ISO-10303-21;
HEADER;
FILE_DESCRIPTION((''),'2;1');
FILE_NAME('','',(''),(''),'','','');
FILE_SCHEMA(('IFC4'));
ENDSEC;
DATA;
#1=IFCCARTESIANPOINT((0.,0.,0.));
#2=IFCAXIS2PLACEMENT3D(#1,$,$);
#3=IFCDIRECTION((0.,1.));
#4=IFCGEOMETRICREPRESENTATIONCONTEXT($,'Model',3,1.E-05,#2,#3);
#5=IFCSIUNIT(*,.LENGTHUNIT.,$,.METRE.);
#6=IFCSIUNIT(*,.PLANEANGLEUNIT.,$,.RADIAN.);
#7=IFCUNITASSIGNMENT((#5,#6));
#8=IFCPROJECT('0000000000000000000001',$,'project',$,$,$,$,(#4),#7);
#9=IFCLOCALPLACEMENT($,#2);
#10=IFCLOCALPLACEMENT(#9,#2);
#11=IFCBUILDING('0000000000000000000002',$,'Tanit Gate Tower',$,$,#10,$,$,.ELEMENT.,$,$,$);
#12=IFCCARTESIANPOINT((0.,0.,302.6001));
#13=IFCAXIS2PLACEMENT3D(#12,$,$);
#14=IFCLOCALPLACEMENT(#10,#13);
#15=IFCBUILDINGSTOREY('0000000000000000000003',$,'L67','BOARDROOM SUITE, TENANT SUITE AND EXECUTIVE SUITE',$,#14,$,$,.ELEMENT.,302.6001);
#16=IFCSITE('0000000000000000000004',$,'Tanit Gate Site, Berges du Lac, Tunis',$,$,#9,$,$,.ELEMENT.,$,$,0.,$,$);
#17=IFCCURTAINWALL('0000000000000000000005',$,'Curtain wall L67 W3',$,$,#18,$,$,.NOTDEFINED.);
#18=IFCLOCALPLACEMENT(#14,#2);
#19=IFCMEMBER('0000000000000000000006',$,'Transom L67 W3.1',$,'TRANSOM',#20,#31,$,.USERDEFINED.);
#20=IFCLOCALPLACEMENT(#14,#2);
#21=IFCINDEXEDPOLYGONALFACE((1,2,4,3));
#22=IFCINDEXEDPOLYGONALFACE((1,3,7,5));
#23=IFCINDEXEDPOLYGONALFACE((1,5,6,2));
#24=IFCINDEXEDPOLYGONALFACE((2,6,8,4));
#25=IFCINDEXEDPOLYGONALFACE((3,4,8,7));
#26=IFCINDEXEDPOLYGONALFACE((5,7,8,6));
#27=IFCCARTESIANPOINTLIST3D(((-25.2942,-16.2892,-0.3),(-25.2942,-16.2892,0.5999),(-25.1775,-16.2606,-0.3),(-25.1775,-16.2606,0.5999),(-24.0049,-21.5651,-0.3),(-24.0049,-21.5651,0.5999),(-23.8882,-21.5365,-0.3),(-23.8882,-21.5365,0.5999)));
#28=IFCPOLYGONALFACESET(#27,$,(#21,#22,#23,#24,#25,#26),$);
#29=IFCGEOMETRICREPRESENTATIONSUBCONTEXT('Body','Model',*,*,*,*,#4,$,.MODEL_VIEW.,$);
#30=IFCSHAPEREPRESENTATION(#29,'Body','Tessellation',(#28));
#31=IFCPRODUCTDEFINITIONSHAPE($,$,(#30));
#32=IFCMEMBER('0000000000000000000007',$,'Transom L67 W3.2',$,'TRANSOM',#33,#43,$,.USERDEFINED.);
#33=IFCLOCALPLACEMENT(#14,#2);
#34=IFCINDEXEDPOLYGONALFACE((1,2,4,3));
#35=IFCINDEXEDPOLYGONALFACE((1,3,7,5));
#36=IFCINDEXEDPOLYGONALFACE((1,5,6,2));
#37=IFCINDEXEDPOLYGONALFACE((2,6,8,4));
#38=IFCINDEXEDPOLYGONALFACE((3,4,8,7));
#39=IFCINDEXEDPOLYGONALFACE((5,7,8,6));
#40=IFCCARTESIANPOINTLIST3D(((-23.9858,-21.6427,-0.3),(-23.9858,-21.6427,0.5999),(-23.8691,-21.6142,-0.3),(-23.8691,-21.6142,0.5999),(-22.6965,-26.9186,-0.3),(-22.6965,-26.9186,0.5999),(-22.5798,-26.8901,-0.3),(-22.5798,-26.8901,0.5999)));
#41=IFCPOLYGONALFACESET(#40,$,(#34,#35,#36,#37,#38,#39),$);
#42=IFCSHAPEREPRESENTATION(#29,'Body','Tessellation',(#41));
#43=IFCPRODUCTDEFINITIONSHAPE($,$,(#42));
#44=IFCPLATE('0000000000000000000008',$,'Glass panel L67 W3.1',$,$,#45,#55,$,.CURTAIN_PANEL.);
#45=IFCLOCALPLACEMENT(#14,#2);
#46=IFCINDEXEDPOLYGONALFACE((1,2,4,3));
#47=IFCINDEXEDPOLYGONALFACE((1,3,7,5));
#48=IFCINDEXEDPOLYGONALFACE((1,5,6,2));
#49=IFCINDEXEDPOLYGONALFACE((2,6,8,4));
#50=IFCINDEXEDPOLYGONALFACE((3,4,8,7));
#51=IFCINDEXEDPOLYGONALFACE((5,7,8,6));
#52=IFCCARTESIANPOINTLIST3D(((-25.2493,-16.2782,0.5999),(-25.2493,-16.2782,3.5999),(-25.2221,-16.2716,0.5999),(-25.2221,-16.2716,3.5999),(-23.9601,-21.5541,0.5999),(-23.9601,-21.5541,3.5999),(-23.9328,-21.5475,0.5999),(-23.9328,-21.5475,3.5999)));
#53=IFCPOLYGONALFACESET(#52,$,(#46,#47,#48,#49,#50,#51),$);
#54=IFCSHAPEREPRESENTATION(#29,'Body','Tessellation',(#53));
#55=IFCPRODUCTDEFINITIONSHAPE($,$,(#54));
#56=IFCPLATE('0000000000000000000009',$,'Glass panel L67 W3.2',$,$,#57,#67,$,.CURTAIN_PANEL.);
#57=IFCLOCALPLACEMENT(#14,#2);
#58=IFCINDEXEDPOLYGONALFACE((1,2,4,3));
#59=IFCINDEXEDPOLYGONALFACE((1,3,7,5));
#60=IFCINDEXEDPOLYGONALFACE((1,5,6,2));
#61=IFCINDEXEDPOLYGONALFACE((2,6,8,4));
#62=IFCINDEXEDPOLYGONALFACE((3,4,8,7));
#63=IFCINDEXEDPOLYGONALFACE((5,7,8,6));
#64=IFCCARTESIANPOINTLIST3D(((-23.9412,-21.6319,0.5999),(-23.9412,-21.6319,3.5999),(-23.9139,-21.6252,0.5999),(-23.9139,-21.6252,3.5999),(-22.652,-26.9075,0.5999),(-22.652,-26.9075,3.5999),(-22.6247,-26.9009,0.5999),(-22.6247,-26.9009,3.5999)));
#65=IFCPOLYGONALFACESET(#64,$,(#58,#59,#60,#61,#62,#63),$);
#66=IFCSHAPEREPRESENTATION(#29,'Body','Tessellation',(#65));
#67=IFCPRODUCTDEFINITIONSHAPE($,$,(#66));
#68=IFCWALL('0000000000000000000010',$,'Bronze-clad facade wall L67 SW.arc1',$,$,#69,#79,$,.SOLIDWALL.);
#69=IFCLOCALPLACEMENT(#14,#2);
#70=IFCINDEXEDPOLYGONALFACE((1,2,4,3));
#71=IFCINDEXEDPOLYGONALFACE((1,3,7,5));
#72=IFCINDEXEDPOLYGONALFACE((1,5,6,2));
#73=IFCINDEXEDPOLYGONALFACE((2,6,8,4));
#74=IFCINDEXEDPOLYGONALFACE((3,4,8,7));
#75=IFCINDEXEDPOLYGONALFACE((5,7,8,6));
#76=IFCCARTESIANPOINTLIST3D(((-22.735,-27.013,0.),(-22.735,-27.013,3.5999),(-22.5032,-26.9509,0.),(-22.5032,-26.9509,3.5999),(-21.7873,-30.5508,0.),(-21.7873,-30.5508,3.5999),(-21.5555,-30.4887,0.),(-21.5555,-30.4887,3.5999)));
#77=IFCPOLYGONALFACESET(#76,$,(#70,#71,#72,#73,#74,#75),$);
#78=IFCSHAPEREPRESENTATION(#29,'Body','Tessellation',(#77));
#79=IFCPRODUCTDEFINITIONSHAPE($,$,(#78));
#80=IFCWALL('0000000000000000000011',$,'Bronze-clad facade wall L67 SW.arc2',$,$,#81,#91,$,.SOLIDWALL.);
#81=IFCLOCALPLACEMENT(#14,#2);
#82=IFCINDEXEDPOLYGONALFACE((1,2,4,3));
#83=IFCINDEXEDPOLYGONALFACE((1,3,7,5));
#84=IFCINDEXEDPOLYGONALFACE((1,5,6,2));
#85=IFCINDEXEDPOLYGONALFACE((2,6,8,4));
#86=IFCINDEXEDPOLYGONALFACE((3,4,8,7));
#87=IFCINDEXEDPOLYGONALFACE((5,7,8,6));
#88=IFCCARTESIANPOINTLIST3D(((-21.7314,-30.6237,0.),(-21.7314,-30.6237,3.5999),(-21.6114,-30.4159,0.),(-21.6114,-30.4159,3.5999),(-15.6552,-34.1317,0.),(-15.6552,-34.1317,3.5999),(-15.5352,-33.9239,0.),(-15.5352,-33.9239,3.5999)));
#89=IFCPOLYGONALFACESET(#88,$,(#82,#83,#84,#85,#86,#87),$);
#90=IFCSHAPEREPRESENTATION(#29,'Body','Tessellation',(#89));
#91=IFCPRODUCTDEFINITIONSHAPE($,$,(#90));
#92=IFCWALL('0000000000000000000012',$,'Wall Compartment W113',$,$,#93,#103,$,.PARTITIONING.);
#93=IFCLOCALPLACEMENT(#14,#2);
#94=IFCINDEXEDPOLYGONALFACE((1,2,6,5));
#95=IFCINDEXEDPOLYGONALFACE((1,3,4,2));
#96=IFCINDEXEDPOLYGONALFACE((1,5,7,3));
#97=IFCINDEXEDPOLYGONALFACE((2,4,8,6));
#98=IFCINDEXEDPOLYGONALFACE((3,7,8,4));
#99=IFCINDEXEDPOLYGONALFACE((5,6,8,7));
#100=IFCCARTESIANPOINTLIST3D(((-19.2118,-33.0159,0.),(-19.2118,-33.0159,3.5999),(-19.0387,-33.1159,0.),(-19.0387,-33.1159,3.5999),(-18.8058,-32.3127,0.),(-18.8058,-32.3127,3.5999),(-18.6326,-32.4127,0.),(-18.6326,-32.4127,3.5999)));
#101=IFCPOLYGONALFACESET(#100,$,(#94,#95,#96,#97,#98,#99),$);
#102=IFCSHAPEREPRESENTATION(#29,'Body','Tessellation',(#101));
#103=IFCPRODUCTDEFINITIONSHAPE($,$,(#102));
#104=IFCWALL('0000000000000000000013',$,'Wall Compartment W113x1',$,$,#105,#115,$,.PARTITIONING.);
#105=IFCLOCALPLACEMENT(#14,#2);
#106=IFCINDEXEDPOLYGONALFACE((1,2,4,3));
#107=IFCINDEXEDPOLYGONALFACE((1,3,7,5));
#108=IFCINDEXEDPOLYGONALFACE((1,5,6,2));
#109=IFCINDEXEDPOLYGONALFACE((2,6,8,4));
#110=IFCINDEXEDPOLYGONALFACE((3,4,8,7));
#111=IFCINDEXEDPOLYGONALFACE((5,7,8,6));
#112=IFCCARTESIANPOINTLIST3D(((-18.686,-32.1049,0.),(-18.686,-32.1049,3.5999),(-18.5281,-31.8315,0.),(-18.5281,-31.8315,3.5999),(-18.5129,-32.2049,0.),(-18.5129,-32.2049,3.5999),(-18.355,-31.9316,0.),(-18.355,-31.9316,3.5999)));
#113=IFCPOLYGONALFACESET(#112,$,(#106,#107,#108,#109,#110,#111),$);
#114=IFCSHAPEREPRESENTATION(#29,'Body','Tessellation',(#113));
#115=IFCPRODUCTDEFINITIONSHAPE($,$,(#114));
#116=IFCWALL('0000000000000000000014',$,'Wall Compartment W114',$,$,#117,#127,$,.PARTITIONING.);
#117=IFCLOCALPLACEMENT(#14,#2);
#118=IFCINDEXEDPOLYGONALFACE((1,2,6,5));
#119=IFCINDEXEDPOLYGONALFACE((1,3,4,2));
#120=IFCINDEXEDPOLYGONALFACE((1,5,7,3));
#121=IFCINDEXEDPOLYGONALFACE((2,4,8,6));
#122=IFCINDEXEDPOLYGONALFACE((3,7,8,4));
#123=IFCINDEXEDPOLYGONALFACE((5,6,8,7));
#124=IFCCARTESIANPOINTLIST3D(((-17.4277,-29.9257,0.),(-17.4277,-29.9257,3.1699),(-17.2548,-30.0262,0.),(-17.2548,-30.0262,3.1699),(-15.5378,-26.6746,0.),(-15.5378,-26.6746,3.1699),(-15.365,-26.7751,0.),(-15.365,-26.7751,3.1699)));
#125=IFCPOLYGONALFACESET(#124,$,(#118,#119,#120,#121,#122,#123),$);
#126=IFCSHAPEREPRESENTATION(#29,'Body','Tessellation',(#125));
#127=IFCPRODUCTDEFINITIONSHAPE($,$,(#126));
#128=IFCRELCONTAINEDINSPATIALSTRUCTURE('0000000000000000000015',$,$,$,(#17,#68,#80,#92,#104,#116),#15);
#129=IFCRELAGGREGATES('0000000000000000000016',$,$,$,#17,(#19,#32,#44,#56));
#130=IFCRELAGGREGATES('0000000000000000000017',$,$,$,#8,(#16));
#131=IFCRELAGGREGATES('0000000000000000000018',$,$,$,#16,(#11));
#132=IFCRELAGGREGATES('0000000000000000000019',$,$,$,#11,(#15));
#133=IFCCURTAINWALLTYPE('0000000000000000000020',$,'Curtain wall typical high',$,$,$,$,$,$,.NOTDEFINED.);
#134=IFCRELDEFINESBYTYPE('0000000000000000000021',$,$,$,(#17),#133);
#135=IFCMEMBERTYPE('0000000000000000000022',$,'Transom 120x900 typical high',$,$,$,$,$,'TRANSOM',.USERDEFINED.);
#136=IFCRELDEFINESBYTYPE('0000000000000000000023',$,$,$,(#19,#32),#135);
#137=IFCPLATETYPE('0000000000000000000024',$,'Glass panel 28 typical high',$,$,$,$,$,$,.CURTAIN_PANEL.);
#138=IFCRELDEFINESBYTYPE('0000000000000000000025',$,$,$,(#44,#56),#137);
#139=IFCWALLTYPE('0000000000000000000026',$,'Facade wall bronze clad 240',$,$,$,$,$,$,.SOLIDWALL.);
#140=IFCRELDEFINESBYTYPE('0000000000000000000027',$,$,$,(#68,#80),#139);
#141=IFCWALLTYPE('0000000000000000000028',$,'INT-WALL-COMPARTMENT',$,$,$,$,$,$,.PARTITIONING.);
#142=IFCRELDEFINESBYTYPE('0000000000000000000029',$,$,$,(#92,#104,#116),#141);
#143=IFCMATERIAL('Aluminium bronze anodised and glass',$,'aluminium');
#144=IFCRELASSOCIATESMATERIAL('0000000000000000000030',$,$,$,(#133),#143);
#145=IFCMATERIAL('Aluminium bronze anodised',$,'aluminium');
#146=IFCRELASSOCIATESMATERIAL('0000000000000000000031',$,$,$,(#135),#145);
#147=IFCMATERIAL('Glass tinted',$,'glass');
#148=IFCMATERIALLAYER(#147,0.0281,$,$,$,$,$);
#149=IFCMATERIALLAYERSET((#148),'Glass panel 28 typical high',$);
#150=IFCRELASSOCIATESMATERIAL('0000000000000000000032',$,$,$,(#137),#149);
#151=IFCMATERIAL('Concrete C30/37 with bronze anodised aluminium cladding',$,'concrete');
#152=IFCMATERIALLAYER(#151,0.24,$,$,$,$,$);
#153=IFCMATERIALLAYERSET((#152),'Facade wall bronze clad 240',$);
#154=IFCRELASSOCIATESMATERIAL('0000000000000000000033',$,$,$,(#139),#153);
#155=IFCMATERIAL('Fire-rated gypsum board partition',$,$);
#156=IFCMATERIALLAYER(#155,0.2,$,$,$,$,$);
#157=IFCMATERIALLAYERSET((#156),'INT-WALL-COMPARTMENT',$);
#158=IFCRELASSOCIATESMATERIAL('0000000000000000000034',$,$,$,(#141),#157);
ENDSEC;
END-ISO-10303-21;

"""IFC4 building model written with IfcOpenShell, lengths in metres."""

from ifc_helpers import new_model, si_unit, direction, frame, frame_2d, origin, origin_2d, place, context, subcontext, project, spatial, rectangle, extrude, material, layer, layer_set, material_profile, profile_set, type_object, element, aggregate, save


model = new_model("IFC4")

# Units and contexts
model_context = context("Model", 3, precision=1e-05, world=origin(), true_north=direction((0.0, 1.0)))
body_context = subcontext(model_context, "Body", "Model", "MODEL_VIEW")
ifc_project = project(units=[si_unit("LENGTHUNIT", "METRE"), si_unit("PLANEANGLEUNIT", "RADIAN")], contexts=[model_context])

# Site, building, storey
site_placement = place(None, origin())
site = spatial("IfcSite", under=ifc_project, at=site_placement, Name="Tanit Gate Site, Berges du Lac, Tunis", CompositionType="ELEMENT", RefElevation=0.0)
building_placement = place(site_placement, origin())
building = spatial("IfcBuilding", under=site, at=building_placement, Name="Tanit Gate Tower", CompositionType="ELEMENT")
storey_placement = place(building_placement, frame((0.0, 0.0, 302.6001)))
storey = spatial("IfcBuildingStorey", under=building, at=storey_placement, Name="L67", Description="BOARDROOM SUITE, TENANT SUITE AND EXECUTIVE SUITE", CompositionType="ELEMENT", Elevation=302.6001)

# Curtain wall
ifc_material_1 = material(Name="Aluminium bronze anodised and glass", Category="aluminium")
curtain_wall_type = type_object("IfcCurtainWallType", Name="Curtain wall typical high", PredefinedType="NOTDEFINED", material=ifc_material_1)
curtain_wall_1_placement = place(storey_placement, origin())
curtain_wall_1 = element("IfcCurtainWall", 1, at=curtain_wall_1_placement, inside=storey, type_object=curtain_wall_type, Name="Curtain wall L67 W3", PredefinedType="NOTDEFINED")

# Members
ifc_material_2 = material(Name="Aluminium bronze anodised", Category="aluminium")
ifc_material_profile_1 = material_profile(ifc_material_2, rectangle(XDim=0.1201, YDim=0.8999, at=origin_2d()), Name="120x900 bronze transom")
ifc_profile_set_1 = profile_set([ifc_material_profile_1], Name="Aluminium bronze anodised")
member_type_1 = type_object("IfcMemberType", Name="Transom 120x900 typical high", ElementType="TRANSOM", PredefinedType="USERDEFINED", material=ifc_profile_set_1)
member_1_placement = place(storey_placement, frame((-25.2358, -16.2749, 0.1499), z_axis=(0.237392, -0.971414, 0.0), x_axis=(0.971414, 0.237392, 0.0)))
member_1 = element("IfcMember", 2, at=member_1_placement, type_object=member_type_1, Name="Transom L67 W3.1", ObjectType="TRANSOM", PredefinedType="USERDEFINED", context=body_context, shape_type="SweptSolid", body=[
    extrude(rectangle(XDim=0.1201, YDim=0.8999, at=origin_2d()), origin(), (0.0, 0.0, 1.0), 5.4312),
])
member_2_placement = place(storey_placement, frame((-23.9275, -21.6284, 0.1499), z_axis=(0.237392, -0.971414, 0.0), x_axis=(0.971414, 0.237392, 0.0)))
member_2 = element("IfcMember", 3, at=member_2_placement, type_object=member_type_1, Name="Transom L67 W3.2", ObjectType="TRANSOM", PredefinedType="USERDEFINED", context=body_context, shape_type="SweptSolid", body=[
    extrude(rectangle(XDim=0.1201, YDim=0.8999, at=origin_2d()), origin(), (0.0, 0.0, 1.0), 5.4312),
])

# Plates
ifc_material_3 = material(Name="Glass tinted", Category="glass")
ifc_layer_1 = layer(ifc_material_3, 0.0281)
ifc_layer_set_1 = layer_set([ifc_layer_1], Name="Glass panel 28 typical high")
plate_type = type_object("IfcPlateType", Name="Glass panel 28 typical high", PredefinedType="CURTAIN_PANEL", material=ifc_layer_set_1)
plate_1_placement = place(storey_placement, frame((-24.5911, -18.9128, 0.5999), z_axis=(0.0, 0.0, 1.0), x_axis=(0.237387, -0.971415, 0.0)))
plate_1 = element("IfcPlate", 4, at=plate_1_placement, type_object=plate_type, Name="Glass panel L67 W3.1", PredefinedType="CURTAIN_PANEL", context=body_context, shape_type="SweptSolid", body=[
    extrude(rectangle(XDim=5.4312, YDim=0.0281, at=origin_2d()), origin(), (0.0, 0.0, 1.0), 3.0),
])
plate_2_placement = place(storey_placement, frame((-23.283, -24.2664, 0.5999), z_axis=(0.0, 0.0, 1.0), x_axis=(0.237387, -0.971415, 0.0)))
plate_2 = element("IfcPlate", 5, at=plate_2_placement, type_object=plate_type, Name="Glass panel L67 W3.2", PredefinedType="CURTAIN_PANEL", context=body_context, shape_type="SweptSolid", body=[
    extrude(rectangle(XDim=5.4309, YDim=0.0281, at=origin_2d()), origin(), (0.0, 0.0, 1.0), 3.0),
])
aggregate(curtain_wall_1, [member_1, member_2, plate_1, plate_2])

# Walls
ifc_material_4 = material(Name="Concrete C30/37 with bronze anodised aluminium cladding", Category="concrete")
ifc_layer_2 = layer(ifc_material_4, 0.24)
ifc_layer_set_2 = layer_set([ifc_layer_2], Name="Facade wall bronze clad 240")
wall_type_1 = type_object("IfcWallType", Name="Facade wall bronze clad 240", PredefinedType="SOLIDWALL", material=ifc_layer_set_2)
wall_1_placement = place(storey_placement, frame((-22.6191, -26.9819, 0.0), z_axis=(0.0, 0.0, 1.0), x_axis=(0.258766, -0.96594, 0.0)))
element("IfcWall", 6, at=wall_1_placement, inside=storey, type_object=wall_type_1, Name="Bronze-clad facade wall L67 SW.arc1", PredefinedType="SOLIDWALL", context=body_context, shape_type="SweptSolid", body=[
    extrude(rectangle(XDim=3.6626, YDim=0.24, at=frame_2d((1.8313, 0.0))), origin(), (0.0, 0.0, 1.0), 3.5999),
])
wall_2_placement = place(storey_placement, frame((-21.6714, -30.5198, 0.0), z_axis=(0.0, 0.0, 1.0), x_axis=(0.866027, -0.499998, 0.0)))
element("IfcWall", 7, at=wall_2_placement, inside=storey, type_object=wall_type_1, Name="Bronze-clad facade wall L67 SW.arc2", PredefinedType="SOLIDWALL", context=body_context, shape_type="SweptSolid", body=[
    extrude(rectangle(XDim=7.0161, YDim=0.24, at=frame_2d((3.5081, 0.0))), origin(), (0.0, 0.0, 1.0), 3.5999),
])
ifc_material_5 = material(Name="Fire-rated gypsum board partition")
ifc_layer_3 = layer(ifc_material_5, 0.2)
ifc_layer_set_3 = layer_set([ifc_layer_3], Name="INT-WALL-COMPARTMENT")
wall_type_2 = type_object("IfcWallType", Name="INT-WALL-COMPARTMENT", PredefinedType="PARTITIONING", material=ifc_layer_set_3)
wall_3_placement = place(storey_placement, frame((-19.1252, -33.0659, 0.0), z_axis=(0.0, 0.0, 1.0), x_axis=(0.500052, 0.865995, 0.0)))
element("IfcWall", 8, at=wall_3_placement, inside=storey, type_object=wall_type_2, Name="Wall Compartment W113", PredefinedType="PARTITIONING", context=body_context, shape_type="SweptSolid", body=[
    extrude(rectangle(XDim=0.812, YDim=0.2, at=frame_2d((0.406, 0.0))), origin(), (0.0, 0.0, 1.0), 3.5999),
])
wall_4_placement = place(storey_placement, frame((-18.5994, -32.1548, 0.0), z_axis=(0.0, 0.0, 1.0), x_axis=(0.500213, 0.865902, 0.0)))
element("IfcWall", 9, at=wall_4_placement, inside=storey, type_object=wall_type_2, Name="Wall Compartment W113x1", PredefinedType="PARTITIONING", context=body_context, shape_type="SweptSolid", body=[
    extrude(rectangle(XDim=0.3157, YDim=0.2, at=frame_2d((0.1577, 0.0))), origin(), (0.0, 0.0, 1.0), 3.5999),
])
wall_5_placement = place(storey_placement, frame((-17.3413, -29.9761, 0.0), z_axis=(0.0, 0.0, 1.0), x_axis=(0.50255, 0.864548, 0.0)))
element("IfcWall", 10, at=wall_5_placement, inside=storey, type_object=wall_type_2, Name="Wall Compartment W114", PredefinedType="PARTITIONING", context=body_context, shape_type="SweptSolid", body=[
    extrude(rectangle(XDim=3.7605, YDim=0.2, at=frame_2d((1.8804, 0.0))), origin(), (0.0, 0.0, 1.0), 3.1699),
])

save(model, "model.ifc")
